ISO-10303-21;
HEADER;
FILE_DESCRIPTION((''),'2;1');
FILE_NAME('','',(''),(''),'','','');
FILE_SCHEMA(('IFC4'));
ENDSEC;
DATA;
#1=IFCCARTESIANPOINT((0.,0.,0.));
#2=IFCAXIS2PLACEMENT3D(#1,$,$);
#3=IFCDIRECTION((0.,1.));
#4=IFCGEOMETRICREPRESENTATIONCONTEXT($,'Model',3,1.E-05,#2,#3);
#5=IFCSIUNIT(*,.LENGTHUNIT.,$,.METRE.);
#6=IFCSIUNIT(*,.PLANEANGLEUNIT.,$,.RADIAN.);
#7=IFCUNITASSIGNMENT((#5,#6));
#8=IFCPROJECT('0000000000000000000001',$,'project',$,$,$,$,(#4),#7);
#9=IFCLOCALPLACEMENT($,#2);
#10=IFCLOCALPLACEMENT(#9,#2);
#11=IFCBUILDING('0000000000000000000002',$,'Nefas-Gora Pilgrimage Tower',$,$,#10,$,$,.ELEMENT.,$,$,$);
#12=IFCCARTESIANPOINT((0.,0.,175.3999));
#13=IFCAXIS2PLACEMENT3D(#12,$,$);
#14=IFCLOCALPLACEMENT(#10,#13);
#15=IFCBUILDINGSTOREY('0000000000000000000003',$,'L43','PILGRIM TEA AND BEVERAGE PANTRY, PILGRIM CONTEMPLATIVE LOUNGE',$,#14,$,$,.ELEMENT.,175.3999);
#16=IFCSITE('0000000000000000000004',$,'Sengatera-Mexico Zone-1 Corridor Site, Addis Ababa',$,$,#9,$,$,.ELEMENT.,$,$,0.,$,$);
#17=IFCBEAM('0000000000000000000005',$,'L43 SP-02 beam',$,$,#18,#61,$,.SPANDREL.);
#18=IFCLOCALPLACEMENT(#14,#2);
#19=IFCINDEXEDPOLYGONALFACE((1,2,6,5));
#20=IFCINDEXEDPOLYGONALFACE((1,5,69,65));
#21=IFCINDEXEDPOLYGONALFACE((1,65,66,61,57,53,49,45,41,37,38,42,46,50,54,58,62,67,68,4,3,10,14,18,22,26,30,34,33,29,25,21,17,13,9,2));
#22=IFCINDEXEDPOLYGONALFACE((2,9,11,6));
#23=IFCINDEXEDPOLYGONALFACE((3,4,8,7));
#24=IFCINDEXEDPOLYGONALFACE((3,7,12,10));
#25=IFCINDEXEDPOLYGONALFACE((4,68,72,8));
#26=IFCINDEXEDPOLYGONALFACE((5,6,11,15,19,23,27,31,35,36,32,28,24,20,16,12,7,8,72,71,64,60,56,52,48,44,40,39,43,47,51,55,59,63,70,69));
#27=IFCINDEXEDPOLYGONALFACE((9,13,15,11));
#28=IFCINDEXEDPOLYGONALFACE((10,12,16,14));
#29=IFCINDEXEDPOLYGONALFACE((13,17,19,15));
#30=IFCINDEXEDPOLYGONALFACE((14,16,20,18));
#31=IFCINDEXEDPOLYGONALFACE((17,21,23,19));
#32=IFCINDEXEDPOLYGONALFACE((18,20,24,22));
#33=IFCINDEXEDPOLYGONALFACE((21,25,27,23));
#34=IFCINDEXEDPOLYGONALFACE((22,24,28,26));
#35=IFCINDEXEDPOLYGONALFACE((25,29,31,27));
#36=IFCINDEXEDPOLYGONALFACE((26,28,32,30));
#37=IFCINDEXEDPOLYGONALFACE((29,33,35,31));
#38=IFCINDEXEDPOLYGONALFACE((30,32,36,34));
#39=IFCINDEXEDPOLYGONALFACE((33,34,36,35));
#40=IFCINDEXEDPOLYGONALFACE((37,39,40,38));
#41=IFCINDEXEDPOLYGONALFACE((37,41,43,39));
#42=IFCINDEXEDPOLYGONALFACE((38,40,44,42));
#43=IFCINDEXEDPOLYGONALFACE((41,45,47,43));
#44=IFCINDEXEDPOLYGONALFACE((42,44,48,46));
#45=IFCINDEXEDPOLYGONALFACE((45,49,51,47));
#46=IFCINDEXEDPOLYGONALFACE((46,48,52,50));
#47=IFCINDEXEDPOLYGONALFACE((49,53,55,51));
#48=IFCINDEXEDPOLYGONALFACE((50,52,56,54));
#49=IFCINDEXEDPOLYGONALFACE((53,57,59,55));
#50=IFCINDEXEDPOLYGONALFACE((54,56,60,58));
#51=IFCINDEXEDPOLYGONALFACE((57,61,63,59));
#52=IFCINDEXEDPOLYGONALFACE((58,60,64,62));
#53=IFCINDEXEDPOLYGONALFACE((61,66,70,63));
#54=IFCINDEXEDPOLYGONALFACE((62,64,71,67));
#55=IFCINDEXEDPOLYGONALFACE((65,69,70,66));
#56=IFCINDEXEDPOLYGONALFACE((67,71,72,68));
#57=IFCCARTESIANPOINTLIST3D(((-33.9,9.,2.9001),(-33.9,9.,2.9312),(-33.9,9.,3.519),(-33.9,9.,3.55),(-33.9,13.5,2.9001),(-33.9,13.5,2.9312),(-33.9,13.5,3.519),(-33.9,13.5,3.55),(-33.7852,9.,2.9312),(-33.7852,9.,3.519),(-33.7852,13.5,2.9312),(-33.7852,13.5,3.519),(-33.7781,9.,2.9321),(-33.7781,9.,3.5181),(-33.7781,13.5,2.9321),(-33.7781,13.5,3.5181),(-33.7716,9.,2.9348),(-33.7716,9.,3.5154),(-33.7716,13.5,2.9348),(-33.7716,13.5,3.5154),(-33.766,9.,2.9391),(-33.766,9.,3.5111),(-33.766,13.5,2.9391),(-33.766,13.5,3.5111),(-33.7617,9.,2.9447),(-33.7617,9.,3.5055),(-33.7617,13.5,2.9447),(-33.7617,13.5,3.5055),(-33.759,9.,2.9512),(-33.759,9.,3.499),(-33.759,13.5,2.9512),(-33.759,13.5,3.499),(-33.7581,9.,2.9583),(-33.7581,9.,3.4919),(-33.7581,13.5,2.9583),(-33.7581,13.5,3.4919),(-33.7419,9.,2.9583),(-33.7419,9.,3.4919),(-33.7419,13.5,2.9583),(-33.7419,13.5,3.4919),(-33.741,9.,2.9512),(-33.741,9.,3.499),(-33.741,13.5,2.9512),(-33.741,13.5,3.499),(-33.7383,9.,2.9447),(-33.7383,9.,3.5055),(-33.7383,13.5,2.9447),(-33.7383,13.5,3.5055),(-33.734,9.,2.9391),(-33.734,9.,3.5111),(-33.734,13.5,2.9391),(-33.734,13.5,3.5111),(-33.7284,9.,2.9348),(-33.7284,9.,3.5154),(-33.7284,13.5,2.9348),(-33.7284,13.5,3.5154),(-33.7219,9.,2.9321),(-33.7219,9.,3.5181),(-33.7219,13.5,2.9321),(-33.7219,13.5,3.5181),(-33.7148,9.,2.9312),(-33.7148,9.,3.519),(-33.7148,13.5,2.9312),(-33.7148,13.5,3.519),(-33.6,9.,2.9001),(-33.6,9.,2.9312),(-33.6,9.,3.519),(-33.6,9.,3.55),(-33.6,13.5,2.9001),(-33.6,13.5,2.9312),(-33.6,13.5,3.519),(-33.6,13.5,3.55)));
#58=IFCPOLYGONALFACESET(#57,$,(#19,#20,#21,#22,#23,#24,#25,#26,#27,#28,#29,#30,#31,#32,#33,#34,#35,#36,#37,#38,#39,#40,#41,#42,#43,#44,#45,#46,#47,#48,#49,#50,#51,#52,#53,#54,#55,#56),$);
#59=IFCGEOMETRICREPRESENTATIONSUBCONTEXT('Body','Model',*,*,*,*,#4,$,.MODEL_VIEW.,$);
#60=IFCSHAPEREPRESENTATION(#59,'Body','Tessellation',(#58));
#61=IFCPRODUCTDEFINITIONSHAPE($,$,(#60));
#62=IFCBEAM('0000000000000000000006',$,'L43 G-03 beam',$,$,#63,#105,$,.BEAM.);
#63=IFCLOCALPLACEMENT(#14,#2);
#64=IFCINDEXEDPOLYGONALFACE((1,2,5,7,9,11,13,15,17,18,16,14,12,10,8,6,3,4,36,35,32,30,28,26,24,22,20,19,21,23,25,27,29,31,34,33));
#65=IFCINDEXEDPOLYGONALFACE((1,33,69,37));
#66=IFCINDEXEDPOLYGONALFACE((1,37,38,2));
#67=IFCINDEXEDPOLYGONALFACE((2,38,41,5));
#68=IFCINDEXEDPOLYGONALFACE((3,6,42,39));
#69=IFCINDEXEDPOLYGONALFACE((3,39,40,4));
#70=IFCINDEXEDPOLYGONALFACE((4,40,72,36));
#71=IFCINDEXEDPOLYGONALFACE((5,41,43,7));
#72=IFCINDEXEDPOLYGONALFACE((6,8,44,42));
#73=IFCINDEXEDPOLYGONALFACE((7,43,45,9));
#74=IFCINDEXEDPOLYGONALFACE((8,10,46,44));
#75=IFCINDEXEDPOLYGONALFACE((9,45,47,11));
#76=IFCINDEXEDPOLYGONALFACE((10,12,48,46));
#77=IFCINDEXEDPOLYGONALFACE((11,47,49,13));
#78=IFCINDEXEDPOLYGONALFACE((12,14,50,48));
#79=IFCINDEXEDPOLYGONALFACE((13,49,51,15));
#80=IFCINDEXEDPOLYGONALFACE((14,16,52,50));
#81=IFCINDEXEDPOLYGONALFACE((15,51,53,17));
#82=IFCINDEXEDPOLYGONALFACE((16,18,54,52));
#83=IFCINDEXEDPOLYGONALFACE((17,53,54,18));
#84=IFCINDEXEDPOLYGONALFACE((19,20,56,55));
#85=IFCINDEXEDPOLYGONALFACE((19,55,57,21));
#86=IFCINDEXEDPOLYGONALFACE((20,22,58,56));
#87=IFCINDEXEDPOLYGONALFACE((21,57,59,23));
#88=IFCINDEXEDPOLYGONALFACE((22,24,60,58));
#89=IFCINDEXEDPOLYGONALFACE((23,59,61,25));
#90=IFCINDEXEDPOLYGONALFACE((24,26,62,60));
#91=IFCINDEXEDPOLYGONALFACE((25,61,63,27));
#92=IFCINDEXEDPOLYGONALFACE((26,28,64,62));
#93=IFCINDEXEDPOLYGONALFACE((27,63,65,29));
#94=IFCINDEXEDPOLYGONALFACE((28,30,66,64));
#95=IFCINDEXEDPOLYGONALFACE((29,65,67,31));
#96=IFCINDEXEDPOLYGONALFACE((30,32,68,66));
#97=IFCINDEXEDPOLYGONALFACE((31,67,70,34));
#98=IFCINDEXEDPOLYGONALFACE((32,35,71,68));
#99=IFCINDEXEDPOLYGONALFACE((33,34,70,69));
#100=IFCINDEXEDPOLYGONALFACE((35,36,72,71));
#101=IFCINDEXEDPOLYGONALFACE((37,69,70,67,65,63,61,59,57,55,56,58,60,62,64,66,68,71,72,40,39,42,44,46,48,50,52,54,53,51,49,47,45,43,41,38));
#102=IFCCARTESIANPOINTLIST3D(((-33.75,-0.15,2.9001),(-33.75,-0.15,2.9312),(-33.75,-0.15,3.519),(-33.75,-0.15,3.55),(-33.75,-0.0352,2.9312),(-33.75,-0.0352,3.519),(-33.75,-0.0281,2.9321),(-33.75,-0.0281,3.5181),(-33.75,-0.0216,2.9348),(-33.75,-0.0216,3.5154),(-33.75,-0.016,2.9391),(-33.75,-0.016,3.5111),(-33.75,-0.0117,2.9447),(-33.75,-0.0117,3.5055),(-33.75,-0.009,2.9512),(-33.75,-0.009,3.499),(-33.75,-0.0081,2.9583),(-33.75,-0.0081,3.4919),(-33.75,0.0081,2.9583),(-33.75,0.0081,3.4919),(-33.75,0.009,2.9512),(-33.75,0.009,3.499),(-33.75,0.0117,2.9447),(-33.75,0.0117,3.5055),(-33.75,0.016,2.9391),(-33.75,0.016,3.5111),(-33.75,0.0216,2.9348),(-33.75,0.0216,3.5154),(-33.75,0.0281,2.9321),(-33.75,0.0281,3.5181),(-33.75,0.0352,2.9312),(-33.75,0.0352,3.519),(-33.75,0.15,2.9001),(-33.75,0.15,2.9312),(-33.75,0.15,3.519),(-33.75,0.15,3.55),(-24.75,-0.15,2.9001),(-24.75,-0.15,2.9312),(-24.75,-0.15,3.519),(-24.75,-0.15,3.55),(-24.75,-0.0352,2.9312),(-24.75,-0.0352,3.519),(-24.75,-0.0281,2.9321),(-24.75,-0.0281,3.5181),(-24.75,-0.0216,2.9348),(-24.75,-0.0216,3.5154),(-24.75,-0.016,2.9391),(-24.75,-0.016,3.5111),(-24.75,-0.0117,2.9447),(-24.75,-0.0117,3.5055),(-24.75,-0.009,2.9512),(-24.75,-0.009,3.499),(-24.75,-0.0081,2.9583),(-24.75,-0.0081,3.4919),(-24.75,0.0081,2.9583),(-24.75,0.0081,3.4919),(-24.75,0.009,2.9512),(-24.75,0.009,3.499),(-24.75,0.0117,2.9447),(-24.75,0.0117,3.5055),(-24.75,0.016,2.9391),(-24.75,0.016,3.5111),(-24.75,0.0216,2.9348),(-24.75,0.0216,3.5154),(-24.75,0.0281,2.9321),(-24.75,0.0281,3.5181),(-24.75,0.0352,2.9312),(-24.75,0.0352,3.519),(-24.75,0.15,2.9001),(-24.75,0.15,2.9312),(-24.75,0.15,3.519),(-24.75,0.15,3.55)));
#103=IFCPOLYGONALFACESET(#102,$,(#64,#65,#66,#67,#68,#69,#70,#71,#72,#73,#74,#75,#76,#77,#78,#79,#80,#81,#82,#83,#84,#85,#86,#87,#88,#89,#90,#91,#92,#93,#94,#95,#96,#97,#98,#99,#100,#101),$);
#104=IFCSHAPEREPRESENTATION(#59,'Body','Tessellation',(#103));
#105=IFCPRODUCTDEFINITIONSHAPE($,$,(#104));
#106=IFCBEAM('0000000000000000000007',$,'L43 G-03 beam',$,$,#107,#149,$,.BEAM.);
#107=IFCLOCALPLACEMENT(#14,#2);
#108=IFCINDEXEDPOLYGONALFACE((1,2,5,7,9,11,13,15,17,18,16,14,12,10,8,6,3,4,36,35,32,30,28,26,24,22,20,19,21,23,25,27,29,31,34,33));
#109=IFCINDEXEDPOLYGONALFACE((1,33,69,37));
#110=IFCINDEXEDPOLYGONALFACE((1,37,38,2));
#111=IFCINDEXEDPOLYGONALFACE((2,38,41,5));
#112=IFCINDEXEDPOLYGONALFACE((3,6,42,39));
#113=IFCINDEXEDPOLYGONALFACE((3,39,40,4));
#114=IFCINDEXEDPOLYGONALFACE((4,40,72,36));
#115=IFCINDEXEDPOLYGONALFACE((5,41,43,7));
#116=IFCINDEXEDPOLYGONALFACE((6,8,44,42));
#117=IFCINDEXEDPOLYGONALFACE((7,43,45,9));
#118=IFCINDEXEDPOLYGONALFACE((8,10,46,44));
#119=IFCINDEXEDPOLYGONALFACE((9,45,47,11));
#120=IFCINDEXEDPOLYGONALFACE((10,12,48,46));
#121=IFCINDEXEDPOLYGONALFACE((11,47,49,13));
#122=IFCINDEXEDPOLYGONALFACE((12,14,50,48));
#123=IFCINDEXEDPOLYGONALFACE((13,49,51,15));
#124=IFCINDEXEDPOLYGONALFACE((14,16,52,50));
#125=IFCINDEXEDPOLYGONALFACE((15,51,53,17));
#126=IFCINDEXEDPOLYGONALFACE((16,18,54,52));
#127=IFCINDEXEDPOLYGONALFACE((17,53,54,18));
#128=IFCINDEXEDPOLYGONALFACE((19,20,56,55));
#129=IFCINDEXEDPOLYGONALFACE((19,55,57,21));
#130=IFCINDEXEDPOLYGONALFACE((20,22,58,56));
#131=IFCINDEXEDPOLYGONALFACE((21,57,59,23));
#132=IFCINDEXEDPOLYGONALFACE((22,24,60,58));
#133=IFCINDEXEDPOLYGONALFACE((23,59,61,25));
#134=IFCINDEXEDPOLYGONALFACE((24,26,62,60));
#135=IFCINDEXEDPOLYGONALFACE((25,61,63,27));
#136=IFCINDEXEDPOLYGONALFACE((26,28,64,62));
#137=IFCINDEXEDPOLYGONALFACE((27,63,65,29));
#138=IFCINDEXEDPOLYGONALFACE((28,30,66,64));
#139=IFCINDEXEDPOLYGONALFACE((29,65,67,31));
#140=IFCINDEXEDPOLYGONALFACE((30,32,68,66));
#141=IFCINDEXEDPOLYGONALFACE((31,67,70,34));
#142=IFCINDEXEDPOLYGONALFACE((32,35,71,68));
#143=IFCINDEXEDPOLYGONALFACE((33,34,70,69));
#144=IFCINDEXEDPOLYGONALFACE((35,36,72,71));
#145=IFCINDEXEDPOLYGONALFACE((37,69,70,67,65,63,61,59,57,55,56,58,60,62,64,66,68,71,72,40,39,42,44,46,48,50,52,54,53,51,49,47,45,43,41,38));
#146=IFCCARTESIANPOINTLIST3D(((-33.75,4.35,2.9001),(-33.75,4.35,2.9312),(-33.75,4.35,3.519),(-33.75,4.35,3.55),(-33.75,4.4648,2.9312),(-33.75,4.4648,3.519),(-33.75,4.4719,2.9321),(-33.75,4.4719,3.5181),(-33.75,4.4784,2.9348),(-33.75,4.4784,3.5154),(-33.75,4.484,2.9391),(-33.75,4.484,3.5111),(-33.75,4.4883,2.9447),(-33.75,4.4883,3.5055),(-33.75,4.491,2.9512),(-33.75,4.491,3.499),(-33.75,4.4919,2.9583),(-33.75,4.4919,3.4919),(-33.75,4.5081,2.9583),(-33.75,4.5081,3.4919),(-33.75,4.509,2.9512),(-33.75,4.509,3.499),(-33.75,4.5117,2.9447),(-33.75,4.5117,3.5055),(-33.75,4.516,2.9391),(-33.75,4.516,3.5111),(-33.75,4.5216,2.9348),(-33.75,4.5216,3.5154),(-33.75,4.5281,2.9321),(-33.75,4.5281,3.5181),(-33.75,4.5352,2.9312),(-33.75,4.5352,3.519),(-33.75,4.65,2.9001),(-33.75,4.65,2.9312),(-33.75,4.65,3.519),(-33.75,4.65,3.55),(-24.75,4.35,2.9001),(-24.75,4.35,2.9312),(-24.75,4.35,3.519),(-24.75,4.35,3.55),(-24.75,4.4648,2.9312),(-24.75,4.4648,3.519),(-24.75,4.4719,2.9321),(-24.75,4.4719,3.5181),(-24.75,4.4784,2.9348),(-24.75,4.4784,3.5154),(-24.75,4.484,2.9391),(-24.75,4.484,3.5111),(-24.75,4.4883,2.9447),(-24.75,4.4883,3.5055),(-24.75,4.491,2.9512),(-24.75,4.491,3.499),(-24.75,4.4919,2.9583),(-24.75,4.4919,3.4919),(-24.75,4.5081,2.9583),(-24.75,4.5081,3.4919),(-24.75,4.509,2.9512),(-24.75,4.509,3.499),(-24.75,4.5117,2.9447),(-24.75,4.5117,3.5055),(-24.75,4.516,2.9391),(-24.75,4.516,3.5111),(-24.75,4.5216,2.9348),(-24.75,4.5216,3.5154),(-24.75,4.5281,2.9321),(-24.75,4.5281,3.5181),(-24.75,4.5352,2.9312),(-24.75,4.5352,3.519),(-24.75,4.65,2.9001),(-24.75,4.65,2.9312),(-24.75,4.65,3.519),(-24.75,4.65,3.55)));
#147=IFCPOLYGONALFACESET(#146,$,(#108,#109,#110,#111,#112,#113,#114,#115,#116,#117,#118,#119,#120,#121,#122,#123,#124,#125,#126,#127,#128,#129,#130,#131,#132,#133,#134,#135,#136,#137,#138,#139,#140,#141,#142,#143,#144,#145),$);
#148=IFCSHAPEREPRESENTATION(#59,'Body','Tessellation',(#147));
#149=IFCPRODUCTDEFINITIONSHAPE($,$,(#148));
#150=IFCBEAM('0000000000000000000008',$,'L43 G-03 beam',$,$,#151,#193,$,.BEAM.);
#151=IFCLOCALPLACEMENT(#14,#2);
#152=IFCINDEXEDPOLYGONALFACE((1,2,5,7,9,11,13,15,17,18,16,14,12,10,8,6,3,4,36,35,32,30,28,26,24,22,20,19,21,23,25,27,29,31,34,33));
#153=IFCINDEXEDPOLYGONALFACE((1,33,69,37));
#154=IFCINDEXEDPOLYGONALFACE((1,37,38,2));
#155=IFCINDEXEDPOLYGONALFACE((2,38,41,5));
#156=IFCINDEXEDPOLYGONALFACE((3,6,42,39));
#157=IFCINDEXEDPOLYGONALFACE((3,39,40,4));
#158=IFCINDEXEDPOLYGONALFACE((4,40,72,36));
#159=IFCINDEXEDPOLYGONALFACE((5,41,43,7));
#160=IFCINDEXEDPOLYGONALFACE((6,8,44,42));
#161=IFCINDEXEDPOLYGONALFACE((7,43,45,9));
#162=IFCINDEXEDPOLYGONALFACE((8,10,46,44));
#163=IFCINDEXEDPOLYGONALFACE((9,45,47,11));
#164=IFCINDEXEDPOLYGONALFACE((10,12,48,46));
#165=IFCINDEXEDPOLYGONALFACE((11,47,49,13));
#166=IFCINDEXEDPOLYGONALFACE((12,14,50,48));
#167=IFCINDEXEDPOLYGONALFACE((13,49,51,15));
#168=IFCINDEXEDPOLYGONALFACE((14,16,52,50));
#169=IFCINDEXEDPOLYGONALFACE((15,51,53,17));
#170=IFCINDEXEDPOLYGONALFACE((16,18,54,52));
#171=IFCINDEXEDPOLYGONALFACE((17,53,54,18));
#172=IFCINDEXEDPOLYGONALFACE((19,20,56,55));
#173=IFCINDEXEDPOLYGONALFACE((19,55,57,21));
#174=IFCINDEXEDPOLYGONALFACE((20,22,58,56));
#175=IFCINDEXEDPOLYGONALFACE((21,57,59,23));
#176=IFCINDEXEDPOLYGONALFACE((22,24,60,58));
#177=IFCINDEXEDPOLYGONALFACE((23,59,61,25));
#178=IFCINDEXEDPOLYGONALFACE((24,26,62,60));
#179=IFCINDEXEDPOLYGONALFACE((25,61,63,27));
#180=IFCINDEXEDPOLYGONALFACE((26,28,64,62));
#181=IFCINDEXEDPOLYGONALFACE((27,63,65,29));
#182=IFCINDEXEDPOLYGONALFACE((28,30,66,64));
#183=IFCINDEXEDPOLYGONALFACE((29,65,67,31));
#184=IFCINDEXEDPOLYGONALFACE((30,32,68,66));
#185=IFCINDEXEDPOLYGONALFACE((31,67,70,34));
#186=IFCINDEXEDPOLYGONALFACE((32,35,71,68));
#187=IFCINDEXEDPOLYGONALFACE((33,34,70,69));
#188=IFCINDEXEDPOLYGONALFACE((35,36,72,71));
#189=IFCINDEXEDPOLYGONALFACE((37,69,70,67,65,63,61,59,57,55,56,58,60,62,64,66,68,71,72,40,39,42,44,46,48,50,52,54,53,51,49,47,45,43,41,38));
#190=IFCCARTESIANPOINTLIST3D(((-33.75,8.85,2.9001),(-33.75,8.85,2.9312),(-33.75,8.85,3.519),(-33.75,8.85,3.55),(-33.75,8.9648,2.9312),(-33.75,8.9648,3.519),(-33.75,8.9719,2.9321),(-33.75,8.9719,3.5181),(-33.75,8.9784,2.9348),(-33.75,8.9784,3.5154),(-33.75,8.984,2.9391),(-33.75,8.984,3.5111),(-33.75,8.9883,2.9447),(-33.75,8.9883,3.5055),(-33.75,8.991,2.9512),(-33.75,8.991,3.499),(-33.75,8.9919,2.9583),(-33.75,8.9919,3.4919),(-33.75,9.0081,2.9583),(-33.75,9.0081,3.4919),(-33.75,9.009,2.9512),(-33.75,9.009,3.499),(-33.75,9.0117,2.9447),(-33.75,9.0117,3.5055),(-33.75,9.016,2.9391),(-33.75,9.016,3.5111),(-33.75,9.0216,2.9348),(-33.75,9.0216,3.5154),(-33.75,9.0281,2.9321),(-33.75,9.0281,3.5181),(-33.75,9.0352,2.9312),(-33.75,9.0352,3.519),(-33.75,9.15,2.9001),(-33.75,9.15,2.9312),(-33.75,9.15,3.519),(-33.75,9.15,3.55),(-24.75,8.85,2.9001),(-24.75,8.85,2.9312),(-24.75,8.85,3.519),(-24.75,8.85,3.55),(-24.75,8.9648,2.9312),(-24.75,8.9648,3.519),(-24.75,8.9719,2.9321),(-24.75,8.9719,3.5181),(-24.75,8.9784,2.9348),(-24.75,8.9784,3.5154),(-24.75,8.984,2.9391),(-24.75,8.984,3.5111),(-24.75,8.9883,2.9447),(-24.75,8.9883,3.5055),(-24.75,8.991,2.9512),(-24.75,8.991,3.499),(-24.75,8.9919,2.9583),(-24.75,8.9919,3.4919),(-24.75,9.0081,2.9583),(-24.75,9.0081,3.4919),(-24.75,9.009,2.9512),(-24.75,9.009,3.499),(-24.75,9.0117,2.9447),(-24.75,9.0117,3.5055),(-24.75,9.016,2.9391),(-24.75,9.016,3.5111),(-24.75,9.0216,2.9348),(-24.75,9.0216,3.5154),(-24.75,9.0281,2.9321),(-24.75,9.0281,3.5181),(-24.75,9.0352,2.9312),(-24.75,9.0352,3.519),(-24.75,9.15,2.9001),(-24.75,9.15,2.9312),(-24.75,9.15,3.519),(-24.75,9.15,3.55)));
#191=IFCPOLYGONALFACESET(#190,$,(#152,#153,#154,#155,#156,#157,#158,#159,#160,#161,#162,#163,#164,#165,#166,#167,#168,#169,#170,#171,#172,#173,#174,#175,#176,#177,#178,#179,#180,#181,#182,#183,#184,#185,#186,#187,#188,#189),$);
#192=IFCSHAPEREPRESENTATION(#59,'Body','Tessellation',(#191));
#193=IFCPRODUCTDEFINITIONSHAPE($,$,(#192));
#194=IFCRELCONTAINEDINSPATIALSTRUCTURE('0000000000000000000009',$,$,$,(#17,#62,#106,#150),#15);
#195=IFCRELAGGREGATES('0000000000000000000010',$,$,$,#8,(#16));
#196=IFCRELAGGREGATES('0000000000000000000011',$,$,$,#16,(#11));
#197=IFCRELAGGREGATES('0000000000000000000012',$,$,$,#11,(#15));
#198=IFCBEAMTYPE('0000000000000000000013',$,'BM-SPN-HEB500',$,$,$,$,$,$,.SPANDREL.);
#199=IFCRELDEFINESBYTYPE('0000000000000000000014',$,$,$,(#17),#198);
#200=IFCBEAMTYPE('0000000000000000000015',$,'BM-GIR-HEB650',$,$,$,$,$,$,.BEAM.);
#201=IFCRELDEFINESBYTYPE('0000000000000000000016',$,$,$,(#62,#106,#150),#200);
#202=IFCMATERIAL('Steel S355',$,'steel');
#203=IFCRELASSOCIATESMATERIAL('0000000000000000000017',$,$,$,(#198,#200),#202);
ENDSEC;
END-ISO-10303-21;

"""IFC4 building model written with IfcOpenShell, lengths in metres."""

from ifc_helpers import new_model, si_unit, direction, frame, origin, origin_2d, place, context, subcontext, project, spatial, i_section, extrude, source, transform, mapped, material, material_profile, profile_set, type_object, element, save


model = new_model("IFC4")

# Units and contexts
model_context = context("Model", 3, precision=1e-05, world=origin(), true_north=direction((0.0, 1.0)))
body_context = subcontext(model_context, "Body", "Model", "MODEL_VIEW")
ifc_project = project(units=[si_unit("LENGTHUNIT", "METRE"), si_unit("PLANEANGLEUNIT", "RADIAN")], contexts=[model_context])

# Site, building, storey
site_placement = place(None, origin())
site = spatial("IfcSite", under=ifc_project, at=site_placement, Name="Sengatera-Mexico Zone-1 Corridor Site, Addis Ababa", CompositionType="ELEMENT", RefElevation=0.0)
building_placement = place(site_placement, origin())
building = spatial("IfcBuilding", under=site, at=building_placement, Name="Nefas-Gora Pilgrimage Tower", CompositionType="ELEMENT")
storey_placement = place(building_placement, frame((0.0, 0.0, 175.3999)))
storey = spatial("IfcBuildingStorey", under=building, at=storey_placement, Name="L43", Description="PILGRIM TEA AND BEVERAGE PANTRY, PILGRIM CONTEMPLATIVE LOUNGE", CompositionType="ELEMENT", Elevation=175.3999)

# Beams
ifc_material_1 = material(Name="Steel S355", Category="steel")
ifc_material_profile_1 = material_profile(ifc_material_1, i_section(OverallWidth=0.3, OverallDepth=0.6499, WebThickness=0.0161, FlangeThickness=0.031, FilletRadius=0.0271, at=origin_2d()), Name="HEB 650")
ifc_profile_set_1 = profile_set([ifc_material_profile_1], Name="Steel S355")
beam_type_1 = type_object("IfcBeamType", Name="BM-SPN-HEB500", PredefinedType="SPANDREL", material=ifc_profile_set_1)
shared_shape_1 = source(origin(), body_context, "Body", "SweptSolid", [
    extrude(i_section(OverallWidth=0.3, OverallDepth=0.6499, WebThickness=0.0161, FlangeThickness=0.031, FilletRadius=0.0271, at=origin_2d()), origin(), (0.0, 0.0, 1.0), 4.5),
])
for number, where, z_axis, x_axis, name in (
    (1, (-33.75, 9.0, 3.2251), (0.0, 1.0, 0.0), (-1.0, 0.0, 0.0), "L43 SP-02 beam"),
):
    element("IfcBeam", number, at=place(storey_placement, frame(where, z_axis=z_axis, x_axis=x_axis)), inside=storey, type_object=beam_type_1, Name=name, PredefinedType="SPANDREL", context=body_context, shape_type="MappedRepresentation", body=[
        mapped(shared_shape_1, transform((0.0, 0.0, 0.0), x_axis=(1.0, 0.0, 0.0), y_axis=(0.0, 1.0, 0.0), z_axis=(0.0, 0.0, 1.0), scale=1.0)),
    ])
ifc_material_profile_2 = material_profile(ifc_material_1, i_section(OverallWidth=0.3, OverallDepth=0.6499, WebThickness=0.0161, FlangeThickness=0.031, FilletRadius=0.0271, at=origin_2d()), Name="HEB 650")
ifc_profile_set_2 = profile_set([ifc_material_profile_2], Name="Steel S355")
beam_type_2 = type_object("IfcBeamType", Name="BM-GIR-HEB650", PredefinedType="BEAM", material=ifc_profile_set_2)
shared_shape_2 = source(origin(), body_context, "Body", "SweptSolid", [
    extrude(i_section(OverallWidth=0.3, OverallDepth=0.6499, WebThickness=0.0161, FlangeThickness=0.031, FilletRadius=0.0271, at=origin_2d()), origin(), (0.0, 0.0, 1.0), 9.0),
])
for number, where, z_axis, x_axis, name in (
    (2, (-33.75, 0.0, 3.2251), (1.0, 0.0, 0.0), (0.0, 1.0, 0.0), "L43 G-03 beam"),
    (3, (-33.75, 4.5, 3.2251), (1.0, 0.0, 0.0), (0.0, 1.0, 0.0), "L43 G-03 beam"),
    (4, (-33.75, 9.0, 3.2251), (1.0, 0.0, 0.0), (0.0, 1.0, 0.0), "L43 G-03 beam"),
):
    element("IfcBeam", number, at=place(storey_placement, frame(where, z_axis=z_axis, x_axis=x_axis)), inside=storey, type_object=beam_type_2, Name=name, PredefinedType="BEAM", context=body_context, shape_type="MappedRepresentation", body=[
        mapped(shared_shape_2, transform((0.0, 0.0, 0.0), x_axis=(1.0, 0.0, 0.0), y_axis=(0.0, 1.0, 0.0), z_axis=(0.0, 0.0, 1.0), scale=1.0)),
    ])

save(model, "model.ifc")
